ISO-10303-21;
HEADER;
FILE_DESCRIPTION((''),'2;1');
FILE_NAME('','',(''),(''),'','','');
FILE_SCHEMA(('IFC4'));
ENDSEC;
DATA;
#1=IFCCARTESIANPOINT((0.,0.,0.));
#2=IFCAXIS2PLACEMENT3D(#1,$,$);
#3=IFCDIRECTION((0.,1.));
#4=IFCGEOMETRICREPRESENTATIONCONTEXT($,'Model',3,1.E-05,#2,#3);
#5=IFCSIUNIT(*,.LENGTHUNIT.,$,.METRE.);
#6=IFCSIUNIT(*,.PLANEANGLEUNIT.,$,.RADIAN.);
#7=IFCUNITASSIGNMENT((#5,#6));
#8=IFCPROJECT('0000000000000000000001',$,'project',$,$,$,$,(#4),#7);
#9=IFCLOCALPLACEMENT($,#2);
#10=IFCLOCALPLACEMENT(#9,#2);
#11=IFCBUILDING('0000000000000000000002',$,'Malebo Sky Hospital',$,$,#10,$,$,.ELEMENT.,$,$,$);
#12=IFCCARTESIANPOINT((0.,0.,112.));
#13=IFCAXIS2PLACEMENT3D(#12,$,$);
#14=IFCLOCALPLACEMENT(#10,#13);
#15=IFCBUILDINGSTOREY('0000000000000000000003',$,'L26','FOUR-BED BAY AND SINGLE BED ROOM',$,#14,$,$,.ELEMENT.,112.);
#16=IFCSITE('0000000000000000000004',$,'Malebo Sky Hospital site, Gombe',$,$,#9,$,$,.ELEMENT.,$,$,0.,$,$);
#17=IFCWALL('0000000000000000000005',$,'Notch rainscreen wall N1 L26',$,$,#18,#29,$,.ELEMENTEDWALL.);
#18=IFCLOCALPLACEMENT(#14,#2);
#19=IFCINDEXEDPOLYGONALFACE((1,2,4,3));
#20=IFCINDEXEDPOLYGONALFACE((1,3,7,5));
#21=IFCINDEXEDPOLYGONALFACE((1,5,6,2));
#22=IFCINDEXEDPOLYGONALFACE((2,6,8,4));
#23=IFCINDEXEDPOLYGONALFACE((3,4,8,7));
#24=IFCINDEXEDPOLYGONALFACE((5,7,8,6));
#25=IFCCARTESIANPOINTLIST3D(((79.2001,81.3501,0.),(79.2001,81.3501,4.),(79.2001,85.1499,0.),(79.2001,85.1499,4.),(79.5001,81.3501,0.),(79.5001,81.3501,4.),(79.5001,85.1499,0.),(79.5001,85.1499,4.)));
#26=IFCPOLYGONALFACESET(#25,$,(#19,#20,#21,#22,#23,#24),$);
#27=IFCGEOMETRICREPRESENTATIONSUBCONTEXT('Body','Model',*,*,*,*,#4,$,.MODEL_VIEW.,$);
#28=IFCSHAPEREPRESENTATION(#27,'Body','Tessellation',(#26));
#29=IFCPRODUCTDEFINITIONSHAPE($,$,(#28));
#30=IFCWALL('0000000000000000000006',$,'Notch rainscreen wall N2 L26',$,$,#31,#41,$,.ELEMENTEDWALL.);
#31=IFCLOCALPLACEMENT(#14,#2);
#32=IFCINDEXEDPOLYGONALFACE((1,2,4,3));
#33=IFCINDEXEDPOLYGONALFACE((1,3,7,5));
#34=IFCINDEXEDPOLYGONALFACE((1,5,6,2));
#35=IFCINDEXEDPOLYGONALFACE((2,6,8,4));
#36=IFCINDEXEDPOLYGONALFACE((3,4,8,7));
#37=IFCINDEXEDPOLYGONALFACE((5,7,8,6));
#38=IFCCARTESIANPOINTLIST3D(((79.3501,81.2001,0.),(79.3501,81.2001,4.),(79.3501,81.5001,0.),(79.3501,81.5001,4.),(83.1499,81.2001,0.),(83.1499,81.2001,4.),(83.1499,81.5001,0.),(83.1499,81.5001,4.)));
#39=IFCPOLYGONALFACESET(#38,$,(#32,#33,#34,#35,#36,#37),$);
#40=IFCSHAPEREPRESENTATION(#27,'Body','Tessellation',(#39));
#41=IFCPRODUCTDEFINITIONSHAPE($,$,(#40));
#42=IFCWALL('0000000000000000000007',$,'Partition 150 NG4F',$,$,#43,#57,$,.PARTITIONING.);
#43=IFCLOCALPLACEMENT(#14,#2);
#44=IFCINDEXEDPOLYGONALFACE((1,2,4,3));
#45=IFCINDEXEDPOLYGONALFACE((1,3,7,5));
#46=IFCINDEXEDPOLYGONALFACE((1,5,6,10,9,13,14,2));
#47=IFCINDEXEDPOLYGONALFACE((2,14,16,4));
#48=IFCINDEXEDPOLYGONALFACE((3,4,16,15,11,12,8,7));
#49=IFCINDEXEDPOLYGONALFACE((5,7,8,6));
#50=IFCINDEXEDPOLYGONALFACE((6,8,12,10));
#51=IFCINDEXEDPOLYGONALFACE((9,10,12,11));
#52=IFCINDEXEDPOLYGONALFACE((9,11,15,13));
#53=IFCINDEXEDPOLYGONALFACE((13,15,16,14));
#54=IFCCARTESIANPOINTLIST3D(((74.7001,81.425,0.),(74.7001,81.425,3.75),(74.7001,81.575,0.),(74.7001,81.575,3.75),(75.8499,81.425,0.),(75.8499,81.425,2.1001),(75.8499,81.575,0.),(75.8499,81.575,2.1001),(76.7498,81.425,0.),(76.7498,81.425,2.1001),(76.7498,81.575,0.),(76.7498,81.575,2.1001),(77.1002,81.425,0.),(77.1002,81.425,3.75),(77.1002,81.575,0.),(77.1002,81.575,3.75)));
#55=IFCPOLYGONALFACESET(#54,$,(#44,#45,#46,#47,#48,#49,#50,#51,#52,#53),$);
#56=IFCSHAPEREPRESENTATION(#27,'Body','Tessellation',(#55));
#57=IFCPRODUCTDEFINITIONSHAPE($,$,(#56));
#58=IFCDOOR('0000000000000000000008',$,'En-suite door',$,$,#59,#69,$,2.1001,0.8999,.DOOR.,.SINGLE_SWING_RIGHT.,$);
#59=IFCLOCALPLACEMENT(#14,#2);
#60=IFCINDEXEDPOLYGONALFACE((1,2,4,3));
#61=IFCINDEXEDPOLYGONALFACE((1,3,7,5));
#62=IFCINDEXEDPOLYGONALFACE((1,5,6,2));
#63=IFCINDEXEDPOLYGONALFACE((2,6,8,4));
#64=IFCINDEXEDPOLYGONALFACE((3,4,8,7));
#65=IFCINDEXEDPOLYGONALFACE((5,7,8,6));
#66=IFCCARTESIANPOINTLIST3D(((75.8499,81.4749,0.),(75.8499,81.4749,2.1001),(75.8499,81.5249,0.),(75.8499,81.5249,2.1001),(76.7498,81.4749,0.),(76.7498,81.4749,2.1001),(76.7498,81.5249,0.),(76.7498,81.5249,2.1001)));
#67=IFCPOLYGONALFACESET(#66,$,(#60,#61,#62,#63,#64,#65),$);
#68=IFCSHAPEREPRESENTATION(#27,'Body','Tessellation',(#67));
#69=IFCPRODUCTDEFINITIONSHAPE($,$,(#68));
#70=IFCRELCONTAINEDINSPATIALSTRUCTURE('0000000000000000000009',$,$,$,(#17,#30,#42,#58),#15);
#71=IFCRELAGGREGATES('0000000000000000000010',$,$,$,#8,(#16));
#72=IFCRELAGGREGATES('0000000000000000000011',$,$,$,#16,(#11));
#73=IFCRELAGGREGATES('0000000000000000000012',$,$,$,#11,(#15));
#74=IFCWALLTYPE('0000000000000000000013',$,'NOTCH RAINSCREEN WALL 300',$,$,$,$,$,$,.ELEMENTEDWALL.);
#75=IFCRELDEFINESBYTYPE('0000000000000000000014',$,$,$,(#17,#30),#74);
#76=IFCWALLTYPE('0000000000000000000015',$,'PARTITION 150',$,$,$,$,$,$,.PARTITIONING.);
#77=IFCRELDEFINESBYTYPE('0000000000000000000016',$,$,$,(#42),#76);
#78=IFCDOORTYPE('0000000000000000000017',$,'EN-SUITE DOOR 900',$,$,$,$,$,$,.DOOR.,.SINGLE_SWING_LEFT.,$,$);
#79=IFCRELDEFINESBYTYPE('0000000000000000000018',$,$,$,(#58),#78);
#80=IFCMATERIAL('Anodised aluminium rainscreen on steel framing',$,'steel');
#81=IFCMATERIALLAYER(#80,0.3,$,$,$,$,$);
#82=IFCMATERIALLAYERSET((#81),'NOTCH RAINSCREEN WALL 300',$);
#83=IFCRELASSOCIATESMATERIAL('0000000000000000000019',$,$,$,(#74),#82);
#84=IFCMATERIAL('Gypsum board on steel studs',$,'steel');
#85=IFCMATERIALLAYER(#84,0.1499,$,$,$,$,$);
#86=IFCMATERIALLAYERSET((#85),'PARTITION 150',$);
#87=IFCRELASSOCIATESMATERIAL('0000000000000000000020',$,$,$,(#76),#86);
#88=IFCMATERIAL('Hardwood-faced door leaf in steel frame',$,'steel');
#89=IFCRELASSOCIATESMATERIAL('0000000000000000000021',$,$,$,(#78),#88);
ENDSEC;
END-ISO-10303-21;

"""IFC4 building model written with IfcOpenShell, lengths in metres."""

from ifc_helpers import new_model, si_unit, direction, frame, frame_2d, origin, place, context, subcontext, project, spatial, rectangle, extrude, material, layer, layer_set, type_object, element, fill, save


model = new_model("IFC4")

# Units and contexts
model_context = context("Model", 3, precision=1e-05, world=origin(), true_north=direction((0.0, 1.0)))
body_context = subcontext(model_context, "Body", "Model", "MODEL_VIEW")
ifc_project = project(units=[si_unit("LENGTHUNIT", "METRE"), si_unit("PLANEANGLEUNIT", "RADIAN")], contexts=[model_context])

# Site, building, storey
site_placement = place(None, origin())
site = spatial("IfcSite", under=ifc_project, at=site_placement, Name="Malebo Sky Hospital site, Gombe", CompositionType="ELEMENT", RefElevation=0.0)
building_placement = place(site_placement, origin())
building = spatial("IfcBuilding", under=site, at=building_placement, Name="Malebo Sky Hospital", CompositionType="ELEMENT")
storey_placement = place(building_placement, frame((0.0, 0.0, 112.0)))
storey = spatial("IfcBuildingStorey", under=building, at=storey_placement, Name="L26", Description="FOUR-BED BAY AND SINGLE BED ROOM", CompositionType="ELEMENT", Elevation=112.0)

# Walls
ifc_material_1 = material(Name="Anodised aluminium rainscreen on steel framing", Category="steel")
ifc_layer_1 = layer(ifc_material_1, 0.3)
ifc_layer_set_1 = layer_set([ifc_layer_1], Name="NOTCH RAINSCREEN WALL 300")
wall_type_1 = type_object("IfcWallType", Name="NOTCH RAINSCREEN WALL 300", PredefinedType="ELEMENTEDWALL", material=ifc_layer_set_1)
for number, where, z_axis, x_axis, name in (
    (1, (79.3501, 85.1499, 0.0), (0.0, 0.0, 1.0), (0.0, -1.0, 0.0), "Notch rainscreen wall N1 L26"),
    (2, (79.3501, 81.3501, 0.0), (0.0, 0.0, 1.0), (1.0, 0.0, 0.0), "Notch rainscreen wall N2 L26"),
):
    element("IfcWall", number, at=place(storey_placement, frame(where, z_axis=z_axis, x_axis=x_axis)), inside=storey, type_object=wall_type_1, Name=name, PredefinedType="ELEMENTEDWALL", context=body_context, shape_type="SweptSolid", body=[
        extrude(rectangle(XDim=3.7998, YDim=0.3, at=frame_2d((1.8999, 0.0))), origin(), (0.0, 0.0, 1.0), 4.0),
    ])

# Wall, opening, door
ifc_material_2 = material(Name="Gypsum board on steel studs", Category="steel")
ifc_layer_2 = layer(ifc_material_2, 0.1499)
ifc_layer_set_2 = layer_set([ifc_layer_2], Name="PARTITION 150")
wall_type_2 = type_object("IfcWallType", Name="PARTITION 150", PredefinedType="PARTITIONING", material=ifc_layer_set_2)
wall_placement = place(storey_placement, frame((74.7, 81.5, 0.0), z_axis=(0.0, 0.0, 1.0), x_axis=(1.0, 0.0, 0.0)))
wall = element("IfcWall", 3, at=wall_placement, inside=storey, type_object=wall_type_2, Name="Partition 150 NG4F", PredefinedType="PARTITIONING", context=body_context, shape_type="SweptSolid", body=[
    extrude(rectangle(XDim=2.4001, YDim=0.1499, at=frame_2d((1.2002, 0.0))), origin(), (0.0, 0.0, 1.0), 3.75),
])
opening_placement = place(wall_placement, frame((1.1499, 0.0, 0.0)))
opening = element("IfcOpeningElement", 4, at=opening_placement, cuts=wall, PredefinedType="OPENING", context=body_context, shape_type="SweptSolid", body=[
    extrude(rectangle(XDim=0.8999, YDim=2.1001, at=frame_2d((0.45, 1.05))), frame((0.0, 0.085, 0.0), z_axis=(0.0, -1.0, 0.0), x_axis=(1.0, 0.0, 0.0)), (0.0, 0.0, 1.0), 0.1699),
])
ifc_material_3 = material(Name="Hardwood-faced door leaf in steel frame", Category="steel")
door_type = type_object("IfcDoorType", Name="EN-SUITE DOOR 900", OperationType="SINGLE_SWING_LEFT", PredefinedType="DOOR", material=ifc_material_3)
door_placement = place(opening_placement, origin())
door = element("IfcDoor", 5, at=door_placement, inside=storey, type_object=door_type, Name="En-suite door", OperationType="SINGLE_SWING_RIGHT", OverallHeight=2.1001, OverallWidth=0.8999, PredefinedType="DOOR", context=body_context, shape_type="SweptSolid", body=[
    extrude(rectangle(XDim=0.8999, YDim=2.1001, at=frame_2d((0.45, 1.05))), frame((0.0, 0.0249, 0.0), z_axis=(0.0, -1.0, 0.0), x_axis=(1.0, 0.0, 0.0)), (0.0, 0.0, 1.0), 0.05),
])
fill(opening, door)

save(model, "model.ifc")
